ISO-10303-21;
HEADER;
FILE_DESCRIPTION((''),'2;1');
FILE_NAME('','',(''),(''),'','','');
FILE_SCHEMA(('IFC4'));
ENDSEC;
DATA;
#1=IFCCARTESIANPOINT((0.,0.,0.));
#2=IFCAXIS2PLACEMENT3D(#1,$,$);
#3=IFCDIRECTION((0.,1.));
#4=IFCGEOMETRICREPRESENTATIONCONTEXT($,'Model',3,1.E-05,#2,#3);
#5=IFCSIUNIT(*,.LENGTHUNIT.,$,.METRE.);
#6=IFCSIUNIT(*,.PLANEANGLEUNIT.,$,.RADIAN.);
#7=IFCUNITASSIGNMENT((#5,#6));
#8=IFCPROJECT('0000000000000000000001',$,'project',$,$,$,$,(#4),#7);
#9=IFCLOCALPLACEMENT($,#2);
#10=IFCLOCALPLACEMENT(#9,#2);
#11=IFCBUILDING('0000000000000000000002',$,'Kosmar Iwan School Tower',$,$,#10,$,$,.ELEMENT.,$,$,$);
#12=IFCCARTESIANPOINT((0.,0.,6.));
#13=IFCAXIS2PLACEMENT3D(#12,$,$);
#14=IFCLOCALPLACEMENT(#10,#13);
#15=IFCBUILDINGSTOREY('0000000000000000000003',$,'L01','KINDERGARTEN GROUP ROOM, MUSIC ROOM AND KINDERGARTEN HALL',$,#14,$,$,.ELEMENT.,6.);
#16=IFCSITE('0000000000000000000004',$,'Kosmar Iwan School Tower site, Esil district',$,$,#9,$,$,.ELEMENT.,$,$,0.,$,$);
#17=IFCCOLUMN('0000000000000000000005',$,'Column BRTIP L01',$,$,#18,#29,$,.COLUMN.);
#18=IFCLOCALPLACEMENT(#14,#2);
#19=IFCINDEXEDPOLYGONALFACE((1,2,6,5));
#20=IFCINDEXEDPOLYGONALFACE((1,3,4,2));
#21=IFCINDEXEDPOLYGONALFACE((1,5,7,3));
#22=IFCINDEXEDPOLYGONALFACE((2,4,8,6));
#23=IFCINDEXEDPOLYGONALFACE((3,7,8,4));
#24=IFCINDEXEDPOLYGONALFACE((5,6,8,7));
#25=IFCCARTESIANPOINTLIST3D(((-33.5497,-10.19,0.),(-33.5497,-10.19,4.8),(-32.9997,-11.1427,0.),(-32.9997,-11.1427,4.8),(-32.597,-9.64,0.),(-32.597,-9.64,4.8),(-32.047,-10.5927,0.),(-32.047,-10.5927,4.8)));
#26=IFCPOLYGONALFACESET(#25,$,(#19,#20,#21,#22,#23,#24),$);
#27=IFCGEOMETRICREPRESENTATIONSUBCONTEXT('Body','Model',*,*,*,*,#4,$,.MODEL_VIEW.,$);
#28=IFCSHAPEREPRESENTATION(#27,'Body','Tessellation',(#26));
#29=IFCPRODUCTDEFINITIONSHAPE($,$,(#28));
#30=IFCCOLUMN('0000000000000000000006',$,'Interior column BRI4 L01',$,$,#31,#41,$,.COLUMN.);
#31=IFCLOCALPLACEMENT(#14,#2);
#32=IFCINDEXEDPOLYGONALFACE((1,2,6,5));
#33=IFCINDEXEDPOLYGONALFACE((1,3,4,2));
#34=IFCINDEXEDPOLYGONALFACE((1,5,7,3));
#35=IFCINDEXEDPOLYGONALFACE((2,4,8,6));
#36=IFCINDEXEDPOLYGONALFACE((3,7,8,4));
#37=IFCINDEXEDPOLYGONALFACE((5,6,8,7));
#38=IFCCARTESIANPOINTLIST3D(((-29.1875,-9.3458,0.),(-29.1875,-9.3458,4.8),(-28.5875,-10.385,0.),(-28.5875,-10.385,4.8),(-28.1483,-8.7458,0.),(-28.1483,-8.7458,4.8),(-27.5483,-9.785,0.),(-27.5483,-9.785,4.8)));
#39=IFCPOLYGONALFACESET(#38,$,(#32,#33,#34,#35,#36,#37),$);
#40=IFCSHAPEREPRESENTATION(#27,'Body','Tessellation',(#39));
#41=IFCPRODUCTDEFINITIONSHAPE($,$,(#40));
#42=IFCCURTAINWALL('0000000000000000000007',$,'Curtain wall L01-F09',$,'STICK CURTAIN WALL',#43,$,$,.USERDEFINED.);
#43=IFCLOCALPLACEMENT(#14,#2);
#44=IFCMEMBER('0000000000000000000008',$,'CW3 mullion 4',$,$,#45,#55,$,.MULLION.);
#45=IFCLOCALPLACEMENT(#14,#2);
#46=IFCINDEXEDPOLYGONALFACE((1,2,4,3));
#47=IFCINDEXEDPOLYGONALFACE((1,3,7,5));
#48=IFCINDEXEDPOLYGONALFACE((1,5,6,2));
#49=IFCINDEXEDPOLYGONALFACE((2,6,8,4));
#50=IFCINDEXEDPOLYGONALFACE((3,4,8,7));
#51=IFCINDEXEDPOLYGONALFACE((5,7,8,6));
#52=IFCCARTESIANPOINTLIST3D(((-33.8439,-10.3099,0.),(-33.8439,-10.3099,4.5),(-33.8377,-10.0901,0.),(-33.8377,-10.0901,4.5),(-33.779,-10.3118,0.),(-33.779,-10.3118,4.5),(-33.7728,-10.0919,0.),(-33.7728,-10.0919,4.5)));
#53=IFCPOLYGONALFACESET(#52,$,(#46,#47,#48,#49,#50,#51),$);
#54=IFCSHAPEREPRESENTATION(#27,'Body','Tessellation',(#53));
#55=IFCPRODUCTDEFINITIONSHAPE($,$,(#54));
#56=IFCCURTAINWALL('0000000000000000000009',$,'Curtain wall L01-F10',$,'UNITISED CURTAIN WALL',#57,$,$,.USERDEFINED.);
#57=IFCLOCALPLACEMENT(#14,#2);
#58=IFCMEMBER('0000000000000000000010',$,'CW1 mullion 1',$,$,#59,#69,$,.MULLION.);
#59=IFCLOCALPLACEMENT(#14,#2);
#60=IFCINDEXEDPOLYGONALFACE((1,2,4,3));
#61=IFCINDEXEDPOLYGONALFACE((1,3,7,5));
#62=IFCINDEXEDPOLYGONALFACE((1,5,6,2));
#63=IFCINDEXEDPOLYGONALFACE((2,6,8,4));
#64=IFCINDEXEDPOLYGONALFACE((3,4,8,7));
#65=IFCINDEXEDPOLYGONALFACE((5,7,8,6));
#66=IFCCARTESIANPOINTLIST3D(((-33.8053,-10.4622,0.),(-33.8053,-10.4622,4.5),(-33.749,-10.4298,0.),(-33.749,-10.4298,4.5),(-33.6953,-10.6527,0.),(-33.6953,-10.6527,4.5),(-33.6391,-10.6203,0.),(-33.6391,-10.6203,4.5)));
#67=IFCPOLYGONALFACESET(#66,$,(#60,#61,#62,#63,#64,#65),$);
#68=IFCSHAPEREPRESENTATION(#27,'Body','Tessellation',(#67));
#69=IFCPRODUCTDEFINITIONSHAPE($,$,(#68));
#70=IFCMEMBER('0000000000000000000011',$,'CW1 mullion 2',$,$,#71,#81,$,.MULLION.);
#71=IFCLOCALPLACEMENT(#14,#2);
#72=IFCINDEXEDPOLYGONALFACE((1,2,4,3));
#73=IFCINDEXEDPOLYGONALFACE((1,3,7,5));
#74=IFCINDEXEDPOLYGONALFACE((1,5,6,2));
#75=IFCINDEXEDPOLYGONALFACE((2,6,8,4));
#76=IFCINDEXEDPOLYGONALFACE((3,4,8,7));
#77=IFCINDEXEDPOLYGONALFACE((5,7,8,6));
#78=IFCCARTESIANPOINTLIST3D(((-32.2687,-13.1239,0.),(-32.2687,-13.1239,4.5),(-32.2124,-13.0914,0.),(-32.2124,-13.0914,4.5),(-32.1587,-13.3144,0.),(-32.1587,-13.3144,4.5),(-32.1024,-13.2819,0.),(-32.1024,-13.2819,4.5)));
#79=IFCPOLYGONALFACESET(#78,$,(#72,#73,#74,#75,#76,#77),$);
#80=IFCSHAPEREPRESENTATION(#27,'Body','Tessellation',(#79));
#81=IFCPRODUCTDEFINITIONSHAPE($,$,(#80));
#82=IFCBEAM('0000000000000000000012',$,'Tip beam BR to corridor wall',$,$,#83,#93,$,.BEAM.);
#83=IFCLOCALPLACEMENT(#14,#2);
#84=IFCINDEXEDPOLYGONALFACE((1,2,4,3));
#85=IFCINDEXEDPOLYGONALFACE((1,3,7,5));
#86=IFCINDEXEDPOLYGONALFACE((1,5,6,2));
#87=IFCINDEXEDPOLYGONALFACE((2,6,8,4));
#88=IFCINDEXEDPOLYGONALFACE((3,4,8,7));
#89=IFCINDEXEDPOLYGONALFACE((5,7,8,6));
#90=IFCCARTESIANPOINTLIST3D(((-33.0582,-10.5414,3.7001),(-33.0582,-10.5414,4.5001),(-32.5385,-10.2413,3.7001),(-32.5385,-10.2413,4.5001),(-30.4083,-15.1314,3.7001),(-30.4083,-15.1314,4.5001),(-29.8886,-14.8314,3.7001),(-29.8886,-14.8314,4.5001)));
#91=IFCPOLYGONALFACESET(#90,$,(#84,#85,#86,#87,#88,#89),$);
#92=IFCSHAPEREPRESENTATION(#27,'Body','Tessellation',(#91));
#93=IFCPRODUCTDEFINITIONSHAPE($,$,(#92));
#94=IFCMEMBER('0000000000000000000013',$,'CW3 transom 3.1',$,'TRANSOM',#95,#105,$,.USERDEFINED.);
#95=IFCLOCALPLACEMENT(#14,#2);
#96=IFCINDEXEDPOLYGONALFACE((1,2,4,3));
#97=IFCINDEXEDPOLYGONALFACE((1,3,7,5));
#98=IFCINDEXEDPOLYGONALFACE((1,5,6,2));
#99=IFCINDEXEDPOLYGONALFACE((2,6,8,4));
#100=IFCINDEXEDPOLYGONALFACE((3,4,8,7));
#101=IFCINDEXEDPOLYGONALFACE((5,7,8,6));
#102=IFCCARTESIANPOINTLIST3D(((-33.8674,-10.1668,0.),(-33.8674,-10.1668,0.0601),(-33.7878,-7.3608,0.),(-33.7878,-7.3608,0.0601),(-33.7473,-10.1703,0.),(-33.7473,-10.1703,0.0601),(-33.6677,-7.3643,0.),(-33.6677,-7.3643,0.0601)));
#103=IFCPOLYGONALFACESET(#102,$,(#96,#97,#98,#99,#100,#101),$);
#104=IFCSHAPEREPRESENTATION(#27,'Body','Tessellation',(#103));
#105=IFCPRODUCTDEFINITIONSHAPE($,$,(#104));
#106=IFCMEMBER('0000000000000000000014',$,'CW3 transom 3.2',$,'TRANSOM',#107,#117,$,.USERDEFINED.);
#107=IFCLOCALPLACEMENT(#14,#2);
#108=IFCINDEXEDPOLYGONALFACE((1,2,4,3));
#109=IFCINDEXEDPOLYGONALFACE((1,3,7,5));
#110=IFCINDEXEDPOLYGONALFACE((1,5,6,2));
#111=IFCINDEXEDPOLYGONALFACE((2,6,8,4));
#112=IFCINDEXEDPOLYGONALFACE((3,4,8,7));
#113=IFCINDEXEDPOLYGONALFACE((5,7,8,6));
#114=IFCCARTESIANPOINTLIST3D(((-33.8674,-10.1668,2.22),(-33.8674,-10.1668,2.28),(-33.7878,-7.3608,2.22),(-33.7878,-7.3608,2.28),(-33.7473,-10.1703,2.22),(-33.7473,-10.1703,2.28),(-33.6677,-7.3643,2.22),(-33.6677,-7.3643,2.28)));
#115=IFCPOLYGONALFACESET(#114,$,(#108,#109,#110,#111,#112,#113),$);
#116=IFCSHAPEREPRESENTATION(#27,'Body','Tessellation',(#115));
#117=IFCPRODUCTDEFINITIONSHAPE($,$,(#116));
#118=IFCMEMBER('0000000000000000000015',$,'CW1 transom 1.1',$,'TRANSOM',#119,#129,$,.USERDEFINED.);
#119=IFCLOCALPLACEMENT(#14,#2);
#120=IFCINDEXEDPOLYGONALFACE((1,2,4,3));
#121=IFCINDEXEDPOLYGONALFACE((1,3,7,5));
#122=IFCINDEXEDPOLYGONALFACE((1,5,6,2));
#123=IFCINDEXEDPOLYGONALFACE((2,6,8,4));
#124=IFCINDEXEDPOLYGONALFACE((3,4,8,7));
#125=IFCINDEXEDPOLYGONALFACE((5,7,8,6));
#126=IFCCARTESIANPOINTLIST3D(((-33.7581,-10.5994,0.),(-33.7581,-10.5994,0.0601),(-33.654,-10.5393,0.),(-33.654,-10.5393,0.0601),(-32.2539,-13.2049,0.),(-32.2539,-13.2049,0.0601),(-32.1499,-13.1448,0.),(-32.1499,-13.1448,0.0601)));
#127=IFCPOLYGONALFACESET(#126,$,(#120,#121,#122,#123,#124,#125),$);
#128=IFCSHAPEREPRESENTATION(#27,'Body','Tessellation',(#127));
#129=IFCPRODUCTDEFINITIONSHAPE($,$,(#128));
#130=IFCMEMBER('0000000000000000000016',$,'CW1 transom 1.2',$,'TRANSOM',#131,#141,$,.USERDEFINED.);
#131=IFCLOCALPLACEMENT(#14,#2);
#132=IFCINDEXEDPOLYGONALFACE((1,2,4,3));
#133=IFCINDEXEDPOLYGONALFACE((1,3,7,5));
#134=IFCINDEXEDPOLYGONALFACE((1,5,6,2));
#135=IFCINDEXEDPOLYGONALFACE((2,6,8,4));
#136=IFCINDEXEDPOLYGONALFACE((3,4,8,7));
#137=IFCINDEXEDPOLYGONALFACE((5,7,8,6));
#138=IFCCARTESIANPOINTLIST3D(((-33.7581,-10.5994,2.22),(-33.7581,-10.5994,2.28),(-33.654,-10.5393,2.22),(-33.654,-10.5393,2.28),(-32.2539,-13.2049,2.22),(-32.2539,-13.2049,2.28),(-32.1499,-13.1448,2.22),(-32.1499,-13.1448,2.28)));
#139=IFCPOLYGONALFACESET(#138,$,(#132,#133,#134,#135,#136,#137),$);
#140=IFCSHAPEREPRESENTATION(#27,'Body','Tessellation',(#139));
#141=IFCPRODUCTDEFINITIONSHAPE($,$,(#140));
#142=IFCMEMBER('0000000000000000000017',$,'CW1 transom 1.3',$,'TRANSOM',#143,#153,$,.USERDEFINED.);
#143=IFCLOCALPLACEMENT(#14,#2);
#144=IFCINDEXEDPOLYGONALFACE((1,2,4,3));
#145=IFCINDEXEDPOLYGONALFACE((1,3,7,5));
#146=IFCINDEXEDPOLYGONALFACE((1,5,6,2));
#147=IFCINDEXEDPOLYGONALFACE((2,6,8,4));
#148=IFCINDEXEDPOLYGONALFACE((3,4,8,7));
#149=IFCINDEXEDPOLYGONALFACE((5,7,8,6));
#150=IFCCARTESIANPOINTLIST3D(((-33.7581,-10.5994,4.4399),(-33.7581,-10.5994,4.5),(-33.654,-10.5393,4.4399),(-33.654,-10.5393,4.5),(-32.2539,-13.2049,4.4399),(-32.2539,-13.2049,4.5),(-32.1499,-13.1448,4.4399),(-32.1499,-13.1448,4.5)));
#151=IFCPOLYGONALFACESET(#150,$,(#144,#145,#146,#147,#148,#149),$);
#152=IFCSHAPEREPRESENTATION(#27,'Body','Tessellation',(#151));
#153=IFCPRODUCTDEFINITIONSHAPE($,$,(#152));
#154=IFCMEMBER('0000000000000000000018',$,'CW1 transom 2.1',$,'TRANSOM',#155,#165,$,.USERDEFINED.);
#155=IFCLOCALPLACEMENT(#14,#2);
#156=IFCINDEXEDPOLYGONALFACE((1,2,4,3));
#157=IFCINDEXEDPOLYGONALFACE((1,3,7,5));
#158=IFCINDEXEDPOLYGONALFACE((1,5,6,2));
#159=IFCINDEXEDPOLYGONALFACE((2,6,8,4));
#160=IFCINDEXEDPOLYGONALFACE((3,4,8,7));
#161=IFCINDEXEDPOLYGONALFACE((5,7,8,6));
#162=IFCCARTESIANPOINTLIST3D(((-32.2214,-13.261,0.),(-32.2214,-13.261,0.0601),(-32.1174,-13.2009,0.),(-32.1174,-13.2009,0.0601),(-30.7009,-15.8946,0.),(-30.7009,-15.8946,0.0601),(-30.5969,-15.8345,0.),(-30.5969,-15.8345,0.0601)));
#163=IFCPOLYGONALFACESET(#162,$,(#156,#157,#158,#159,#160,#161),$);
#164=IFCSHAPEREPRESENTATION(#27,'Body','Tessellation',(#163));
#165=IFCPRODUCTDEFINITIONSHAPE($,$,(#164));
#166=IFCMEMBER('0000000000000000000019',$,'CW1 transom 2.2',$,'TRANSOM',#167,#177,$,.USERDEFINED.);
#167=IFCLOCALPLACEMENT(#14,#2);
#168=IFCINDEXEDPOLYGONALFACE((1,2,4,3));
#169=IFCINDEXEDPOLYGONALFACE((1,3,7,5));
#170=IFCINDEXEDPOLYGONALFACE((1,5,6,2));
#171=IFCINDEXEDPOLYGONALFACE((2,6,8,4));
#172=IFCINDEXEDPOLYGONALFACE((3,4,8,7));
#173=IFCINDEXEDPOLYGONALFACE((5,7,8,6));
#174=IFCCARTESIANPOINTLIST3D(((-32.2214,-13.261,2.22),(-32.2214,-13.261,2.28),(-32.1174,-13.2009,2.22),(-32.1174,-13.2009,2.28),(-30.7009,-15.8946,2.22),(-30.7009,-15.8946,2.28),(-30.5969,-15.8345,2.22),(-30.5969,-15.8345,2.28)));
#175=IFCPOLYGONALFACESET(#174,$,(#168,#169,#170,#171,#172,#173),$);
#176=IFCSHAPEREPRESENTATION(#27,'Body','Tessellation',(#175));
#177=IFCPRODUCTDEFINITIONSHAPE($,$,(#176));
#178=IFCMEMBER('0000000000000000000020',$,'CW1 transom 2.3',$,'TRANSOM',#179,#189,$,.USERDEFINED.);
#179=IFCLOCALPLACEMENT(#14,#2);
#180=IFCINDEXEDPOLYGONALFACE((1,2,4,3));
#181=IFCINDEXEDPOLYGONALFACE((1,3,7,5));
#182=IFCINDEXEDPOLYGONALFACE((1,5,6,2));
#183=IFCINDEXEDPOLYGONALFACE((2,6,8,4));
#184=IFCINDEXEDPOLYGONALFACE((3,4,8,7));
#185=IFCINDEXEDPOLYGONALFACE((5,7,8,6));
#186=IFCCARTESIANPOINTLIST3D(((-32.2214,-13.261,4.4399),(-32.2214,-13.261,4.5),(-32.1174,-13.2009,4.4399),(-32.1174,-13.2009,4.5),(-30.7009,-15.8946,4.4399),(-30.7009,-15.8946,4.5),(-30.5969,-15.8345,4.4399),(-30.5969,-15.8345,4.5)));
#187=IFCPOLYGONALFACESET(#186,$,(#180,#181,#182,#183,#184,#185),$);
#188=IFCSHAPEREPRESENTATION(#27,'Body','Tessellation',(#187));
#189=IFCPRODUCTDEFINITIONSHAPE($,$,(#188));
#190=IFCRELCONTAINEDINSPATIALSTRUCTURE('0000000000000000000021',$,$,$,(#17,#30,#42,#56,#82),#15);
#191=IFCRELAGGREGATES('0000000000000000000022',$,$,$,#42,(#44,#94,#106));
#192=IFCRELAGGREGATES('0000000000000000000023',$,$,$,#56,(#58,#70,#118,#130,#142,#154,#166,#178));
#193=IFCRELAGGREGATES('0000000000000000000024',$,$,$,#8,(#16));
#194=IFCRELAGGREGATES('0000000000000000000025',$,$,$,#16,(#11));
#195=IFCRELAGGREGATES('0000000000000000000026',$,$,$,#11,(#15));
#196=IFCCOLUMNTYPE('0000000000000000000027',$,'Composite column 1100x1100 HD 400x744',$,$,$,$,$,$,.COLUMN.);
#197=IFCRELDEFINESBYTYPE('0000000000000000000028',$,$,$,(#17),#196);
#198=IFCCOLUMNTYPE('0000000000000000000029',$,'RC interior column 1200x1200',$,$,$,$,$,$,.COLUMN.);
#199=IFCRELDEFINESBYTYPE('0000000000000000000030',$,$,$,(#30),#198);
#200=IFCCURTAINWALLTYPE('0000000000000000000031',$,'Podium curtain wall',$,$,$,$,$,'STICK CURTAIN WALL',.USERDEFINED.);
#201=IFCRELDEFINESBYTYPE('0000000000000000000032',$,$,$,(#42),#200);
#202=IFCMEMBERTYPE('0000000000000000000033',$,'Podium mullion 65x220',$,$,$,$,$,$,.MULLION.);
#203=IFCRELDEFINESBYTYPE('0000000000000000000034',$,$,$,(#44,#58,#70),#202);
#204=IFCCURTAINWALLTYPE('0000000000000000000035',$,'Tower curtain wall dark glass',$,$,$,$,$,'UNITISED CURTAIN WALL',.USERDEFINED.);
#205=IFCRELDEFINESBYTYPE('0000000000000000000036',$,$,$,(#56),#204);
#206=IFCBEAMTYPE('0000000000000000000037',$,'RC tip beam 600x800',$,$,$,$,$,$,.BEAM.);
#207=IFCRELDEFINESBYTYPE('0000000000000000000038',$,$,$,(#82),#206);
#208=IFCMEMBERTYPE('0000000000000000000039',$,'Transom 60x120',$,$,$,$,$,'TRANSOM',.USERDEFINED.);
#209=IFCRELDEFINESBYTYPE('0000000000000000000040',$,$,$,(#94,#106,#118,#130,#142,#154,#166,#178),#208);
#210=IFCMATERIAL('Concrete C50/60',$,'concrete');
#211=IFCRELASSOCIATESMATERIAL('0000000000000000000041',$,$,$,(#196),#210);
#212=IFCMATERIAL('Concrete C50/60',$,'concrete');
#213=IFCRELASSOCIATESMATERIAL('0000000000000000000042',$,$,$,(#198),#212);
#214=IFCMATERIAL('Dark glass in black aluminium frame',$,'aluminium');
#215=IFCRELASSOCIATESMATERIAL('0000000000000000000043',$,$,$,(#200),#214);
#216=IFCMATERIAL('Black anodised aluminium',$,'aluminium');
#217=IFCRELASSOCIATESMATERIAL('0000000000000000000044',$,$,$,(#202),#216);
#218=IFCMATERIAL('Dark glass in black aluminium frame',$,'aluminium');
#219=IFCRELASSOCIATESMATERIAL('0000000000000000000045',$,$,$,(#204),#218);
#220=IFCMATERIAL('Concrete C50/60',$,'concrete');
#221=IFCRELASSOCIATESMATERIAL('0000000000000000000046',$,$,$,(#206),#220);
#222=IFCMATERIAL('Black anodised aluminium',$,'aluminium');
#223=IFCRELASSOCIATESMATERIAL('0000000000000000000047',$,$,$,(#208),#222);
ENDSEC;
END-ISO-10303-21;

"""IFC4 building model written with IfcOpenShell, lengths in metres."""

from ifc_helpers import new_model, si_unit, direction, frame, origin, origin_2d, place, context, subcontext, project, spatial, rectangle, extrude, material, material_profile, profile_set, type_object, element, aggregate, save


model = new_model("IFC4")

# Units and contexts
model_context = context("Model", 3, precision=1e-05, world=origin(), true_north=direction((0.0, 1.0)))
body_context = subcontext(model_context, "Body", "Model", "MODEL_VIEW")
ifc_project = project(units=[si_unit("LENGTHUNIT", "METRE"), si_unit("PLANEANGLEUNIT", "RADIAN")], contexts=[model_context])

# Site, building, storey
site_placement = place(None, origin())
site = spatial("IfcSite", under=ifc_project, at=site_placement, Name="Kosmar Iwan School Tower site, Esil district", CompositionType="ELEMENT", RefElevation=0.0)
building_placement = place(site_placement, origin())
building = spatial("IfcBuilding", under=site, at=building_placement, Name="Kosmar Iwan School Tower", CompositionType="ELEMENT")
storey_placement = place(building_placement, frame((0.0, 0.0, 6.0)))
storey = spatial("IfcBuildingStorey", under=building, at=storey_placement, Name="L01", Description="KINDERGARTEN GROUP ROOM, MUSIC ROOM AND KINDERGARTEN HALL", CompositionType="ELEMENT", Elevation=6.0)

# Columns
ifc_material_1 = material(Name="Concrete C50/60", Category="concrete")
ifc_material_profile_1 = material_profile(ifc_material_1, rectangle(XDim=1.1001, YDim=1.1001, at=origin_2d()), Name="RC 1100x1100 + HD 400x744")
ifc_profile_set_1 = profile_set([ifc_material_profile_1], Name="Concrete C50/60")
column_type_1 = type_object("IfcColumnType", Name="Composite column 1100x1100 HD 400x744", PredefinedType="COLUMN", material=ifc_profile_set_1)
column_1_placement = place(storey_placement, frame((-32.7983, -10.3914, 0.0), z_axis=(0.0, 0.0, 1.0), x_axis=(-0.866025, -0.5, 0.0)))
element("IfcColumn", 1, at=column_1_placement, inside=storey, type_object=column_type_1, Name="Column BRTIP L01", PredefinedType="COLUMN", context=body_context, shape_type="SweptSolid", body=[
    extrude(rectangle(XDim=1.1001, YDim=1.1001, at=origin_2d()), origin(), (0.0, 0.0, 1.0), 4.8),
])
ifc_material_2 = material(Name="Concrete C50/60", Category="concrete")
ifc_material_profile_2 = material_profile(ifc_material_2, rectangle(XDim=1.2, YDim=1.2, at=origin_2d()), Name="RC 1200x1200")
ifc_profile_set_2 = profile_set([ifc_material_profile_2], Name="Concrete C50/60")
column_type_2 = type_object("IfcColumnType", Name="RC interior column 1200x1200", PredefinedType="COLUMN", material=ifc_profile_set_2)
column_2_placement = place(storey_placement, frame((-28.3679, -9.5654, 0.0), z_axis=(0.0, 0.0, 1.0), x_axis=(-0.866025, -0.5, 0.0)))
element("IfcColumn", 2, at=column_2_placement, inside=storey, type_object=column_type_2, Name="Interior column BRI4 L01", PredefinedType="COLUMN", context=body_context, shape_type="SweptSolid", body=[
    extrude(rectangle(XDim=1.2, YDim=1.2, at=origin_2d()), origin(), (0.0, 0.0, 1.0), 4.8),
])

# Curtain wall, member
ifc_material_3 = material(Name="Dark glass in black aluminium frame", Category="aluminium")
curtain_wall_type_1 = type_object("IfcCurtainWallType", Name="Podium curtain wall", ElementType="STICK CURTAIN WALL", PredefinedType="USERDEFINED", material=ifc_material_3)
curtain_wall_1_placement = place(storey_placement, origin())
curtain_wall_1 = element("IfcCurtainWall", 3, at=curtain_wall_1_placement, inside=storey, type_object=curtain_wall_type_1, Name="Curtain wall L01-F09", ObjectType="STICK CURTAIN WALL", PredefinedType="USERDEFINED")
ifc_material_4 = material(Name="Black anodised aluminium", Category="aluminium")
ifc_material_profile_3 = material_profile(ifc_material_4, rectangle(XDim=0.0649, YDim=0.22, at=origin_2d()), Name="MULLION 65x220")
ifc_profile_set_3 = profile_set([ifc_material_profile_3], Name="Black anodised aluminium")
member_type_1 = type_object("IfcMemberType", Name="Podium mullion 65x220", PredefinedType="MULLION", material=ifc_profile_set_3)
member_1_placement = place(storey_placement, frame((-33.8083, -10.2009, 0.0), z_axis=(0.0, 0.0, 1.0), x_axis=(0.999597, -0.028386, 0.0)))
member_1 = element("IfcMember", 4, at=member_1_placement, type_object=member_type_1, Name="CW3 mullion 4", PredefinedType="MULLION", context=body_context, shape_type="SweptSolid", body=[
    extrude(rectangle(XDim=0.0649, YDim=0.22, at=origin_2d()), origin(), (0.0, 0.0, 1.0), 4.5),
])

# Curtain wall, members
ifc_material_5 = material(Name="Dark glass in black aluminium frame", Category="aluminium")
curtain_wall_type_2 = type_object("IfcCurtainWallType", Name="Tower curtain wall dark glass", ElementType="UNITISED CURTAIN WALL", PredefinedType="USERDEFINED", material=ifc_material_5)
curtain_wall_2_placement = place(storey_placement, origin())
curtain_wall_2 = element("IfcCurtainWall", 5, at=curtain_wall_2_placement, inside=storey, type_object=curtain_wall_type_2, Name="Curtain wall L01-F10", ObjectType="UNITISED CURTAIN WALL", PredefinedType="USERDEFINED")
member_2_placement = place(storey_placement, frame((-33.7222, -10.5413, 0.0), z_axis=(0.0, 0.0, 1.0), x_axis=(0.866025, 0.5, 0.0)))
member_2 = element("IfcMember", 6, at=member_2_placement, type_object=member_type_1, Name="CW1 mullion 1", PredefinedType="MULLION", context=body_context, shape_type="SweptSolid", body=[
    extrude(rectangle(XDim=0.0649, YDim=0.22, at=origin_2d()), origin(), (0.0, 0.0, 1.0), 4.5),
])
member_3_placement = place(storey_placement, frame((-32.1855, -13.2029, 0.0), z_axis=(0.0, 0.0, 1.0), x_axis=(0.866025, 0.5, 0.0)))
member_3 = element("IfcMember", 7, at=member_3_placement, type_object=member_type_1, Name="CW1 mullion 2", PredefinedType="MULLION", context=body_context, shape_type="SweptSolid", body=[
    extrude(rectangle(XDim=0.0649, YDim=0.22, at=origin_2d()), origin(), (0.0, 0.0, 1.0), 4.5),
])

# Beam
ifc_material_6 = material(Name="Concrete C50/60", Category="concrete")
ifc_material_profile_4 = material_profile(ifc_material_6, rectangle(XDim=0.6001, YDim=0.8, at=origin_2d()), Name="RC 600x800")
ifc_profile_set_4 = profile_set([ifc_material_profile_4], Name="Concrete C50/60")
beam_type = type_object("IfcBeamType", Name="RC tip beam 600x800", PredefinedType="BEAM", material=ifc_profile_set_4)
beam_placement = place(storey_placement, frame((-32.7983, -10.3914, 4.1001), z_axis=(0.499974, -0.866041, 0.0), x_axis=(0.866041, 0.499974, 0.0)))
element("IfcBeam", 8, at=beam_placement, inside=storey, type_object=beam_type, Name="Tip beam BR to corridor wall", PredefinedType="BEAM", context=body_context, shape_type="SweptSolid", body=[
    extrude(rectangle(XDim=0.6001, YDim=0.8, at=origin_2d()), origin(), (0.0, 0.0, 1.0), 5.3),
])

# Members
ifc_material_7 = material(Name="Black anodised aluminium", Category="aluminium")
ifc_material_profile_5 = material_profile(ifc_material_7, rectangle(XDim=0.1201, YDim=0.0601, at=origin_2d()), Name="TRANSOM 60x120")
ifc_profile_set_5 = profile_set([ifc_material_profile_5], Name="Black anodised aluminium")
member_type_2 = type_object("IfcMemberType", Name="Transom 60x120", ElementType="TRANSOM", PredefinedType="USERDEFINED", material=ifc_profile_set_5)
member_4_placement = place(storey_placement, frame((-33.7278, -7.3625, 0.03), z_axis=(-0.028354, -0.999598, 0.0), x_axis=(0.999598, -0.028354, 0.0)))
member_4 = element("IfcMember", 9, at=member_4_placement, type_object=member_type_2, Name="CW3 transom 3.1", ObjectType="TRANSOM", PredefinedType="USERDEFINED", context=body_context, shape_type="SweptSolid", body=[
    extrude(rectangle(XDim=0.1201, YDim=0.0601, at=origin_2d()), origin(), (0.0, 0.0, 1.0), 2.8071),
])
member_5_placement = place(storey_placement, frame((-33.7278, -7.3625, 2.25), z_axis=(-0.028354, -0.999598, 0.0), x_axis=(0.999598, -0.028354, 0.0)))
member_5 = element("IfcMember", 10, at=member_5_placement, type_object=member_type_2, Name="CW3 transom 3.2", ObjectType="TRANSOM", PredefinedType="USERDEFINED", context=body_context, shape_type="SweptSolid", body=[
    extrude(rectangle(XDim=0.1201, YDim=0.0601, at=origin_2d()), origin(), (0.0, 0.0, 1.0), 2.8071),
])
member_6_placement = place(storey_placement, frame((-33.7061, -10.5693, 0.03), z_axis=(0.499971, -0.866042, 0.0), x_axis=(0.866042, 0.499971, 0.0)))
member_6 = element("IfcMember", 11, at=member_6_placement, type_object=member_type_2, Name="CW1 transom 1.1", ObjectType="TRANSOM", PredefinedType="USERDEFINED", context=body_context, shape_type="SweptSolid", body=[
    extrude(rectangle(XDim=0.1201, YDim=0.0601, at=origin_2d()), origin(), (0.0, 0.0, 1.0), 3.0085),
])
member_7_placement = place(storey_placement, frame((-33.7061, -10.5693, 2.25), z_axis=(0.499971, -0.866042, 0.0), x_axis=(0.866042, 0.499971, 0.0)))
member_7 = element("IfcMember", 12, at=member_7_placement, type_object=member_type_2, Name="CW1 transom 1.2", ObjectType="TRANSOM", PredefinedType="USERDEFINED", context=body_context, shape_type="SweptSolid", body=[
    extrude(rectangle(XDim=0.1201, YDim=0.0601, at=origin_2d()), origin(), (0.0, 0.0, 1.0), 3.0085),
])
member_8_placement = place(storey_placement, frame((-33.7061, -10.5693, 4.47), z_axis=(0.499971, -0.866042, 0.0), x_axis=(0.866042, 0.499971, 0.0)))
member_8 = element("IfcMember", 13, at=member_8_placement, type_object=member_type_2, Name="CW1 transom 1.3", ObjectType="TRANSOM", PredefinedType="USERDEFINED", context=body_context, shape_type="SweptSolid", body=[
    extrude(rectangle(XDim=0.1201, YDim=0.0601, at=origin_2d()), origin(), (0.0, 0.0, 1.0), 3.0085),
])
member_9_placement = place(storey_placement, frame((-32.1694, -13.231, 0.03), z_axis=(0.500007, -0.866021, 0.0), x_axis=(0.866021, 0.500007, 0.0)))
member_9 = element("IfcMember", 14, at=member_9_placement, type_object=member_type_2, Name="CW1 transom 2.1", ObjectType="TRANSOM", PredefinedType="USERDEFINED", context=body_context, shape_type="SweptSolid", body=[
    extrude(rectangle(XDim=0.1201, YDim=0.0601, at=origin_2d()), origin(), (0.0, 0.0, 1.0), 3.041),
])
member_10_placement = place(storey_placement, frame((-32.1694, -13.231, 2.25), z_axis=(0.500007, -0.866021, 0.0), x_axis=(0.866021, 0.500007, 0.0)))
member_10 = element("IfcMember", 15, at=member_10_placement, type_object=member_type_2, Name="CW1 transom 2.2", ObjectType="TRANSOM", PredefinedType="USERDEFINED", context=body_context, shape_type="SweptSolid", body=[
    extrude(rectangle(XDim=0.1201, YDim=0.0601, at=origin_2d()), origin(), (0.0, 0.0, 1.0), 3.041),
])
member_11_placement = place(storey_placement, frame((-32.1694, -13.231, 4.47), z_axis=(0.500007, -0.866021, 0.0), x_axis=(0.866021, 0.500007, 0.0)))
member_11 = element("IfcMember", 16, at=member_11_placement, type_object=member_type_2, Name="CW1 transom 2.3", ObjectType="TRANSOM", PredefinedType="USERDEFINED", context=body_context, shape_type="SweptSolid", body=[
    extrude(rectangle(XDim=0.1201, YDim=0.0601, at=origin_2d()), origin(), (0.0, 0.0, 1.0), 3.041),
])

aggregate(curtain_wall_1, [member_1, member_4, member_5])
aggregate(curtain_wall_2, [member_2, member_3, member_6, member_7, member_8, member_9, member_10, member_11])

save(model, "model.ifc")
